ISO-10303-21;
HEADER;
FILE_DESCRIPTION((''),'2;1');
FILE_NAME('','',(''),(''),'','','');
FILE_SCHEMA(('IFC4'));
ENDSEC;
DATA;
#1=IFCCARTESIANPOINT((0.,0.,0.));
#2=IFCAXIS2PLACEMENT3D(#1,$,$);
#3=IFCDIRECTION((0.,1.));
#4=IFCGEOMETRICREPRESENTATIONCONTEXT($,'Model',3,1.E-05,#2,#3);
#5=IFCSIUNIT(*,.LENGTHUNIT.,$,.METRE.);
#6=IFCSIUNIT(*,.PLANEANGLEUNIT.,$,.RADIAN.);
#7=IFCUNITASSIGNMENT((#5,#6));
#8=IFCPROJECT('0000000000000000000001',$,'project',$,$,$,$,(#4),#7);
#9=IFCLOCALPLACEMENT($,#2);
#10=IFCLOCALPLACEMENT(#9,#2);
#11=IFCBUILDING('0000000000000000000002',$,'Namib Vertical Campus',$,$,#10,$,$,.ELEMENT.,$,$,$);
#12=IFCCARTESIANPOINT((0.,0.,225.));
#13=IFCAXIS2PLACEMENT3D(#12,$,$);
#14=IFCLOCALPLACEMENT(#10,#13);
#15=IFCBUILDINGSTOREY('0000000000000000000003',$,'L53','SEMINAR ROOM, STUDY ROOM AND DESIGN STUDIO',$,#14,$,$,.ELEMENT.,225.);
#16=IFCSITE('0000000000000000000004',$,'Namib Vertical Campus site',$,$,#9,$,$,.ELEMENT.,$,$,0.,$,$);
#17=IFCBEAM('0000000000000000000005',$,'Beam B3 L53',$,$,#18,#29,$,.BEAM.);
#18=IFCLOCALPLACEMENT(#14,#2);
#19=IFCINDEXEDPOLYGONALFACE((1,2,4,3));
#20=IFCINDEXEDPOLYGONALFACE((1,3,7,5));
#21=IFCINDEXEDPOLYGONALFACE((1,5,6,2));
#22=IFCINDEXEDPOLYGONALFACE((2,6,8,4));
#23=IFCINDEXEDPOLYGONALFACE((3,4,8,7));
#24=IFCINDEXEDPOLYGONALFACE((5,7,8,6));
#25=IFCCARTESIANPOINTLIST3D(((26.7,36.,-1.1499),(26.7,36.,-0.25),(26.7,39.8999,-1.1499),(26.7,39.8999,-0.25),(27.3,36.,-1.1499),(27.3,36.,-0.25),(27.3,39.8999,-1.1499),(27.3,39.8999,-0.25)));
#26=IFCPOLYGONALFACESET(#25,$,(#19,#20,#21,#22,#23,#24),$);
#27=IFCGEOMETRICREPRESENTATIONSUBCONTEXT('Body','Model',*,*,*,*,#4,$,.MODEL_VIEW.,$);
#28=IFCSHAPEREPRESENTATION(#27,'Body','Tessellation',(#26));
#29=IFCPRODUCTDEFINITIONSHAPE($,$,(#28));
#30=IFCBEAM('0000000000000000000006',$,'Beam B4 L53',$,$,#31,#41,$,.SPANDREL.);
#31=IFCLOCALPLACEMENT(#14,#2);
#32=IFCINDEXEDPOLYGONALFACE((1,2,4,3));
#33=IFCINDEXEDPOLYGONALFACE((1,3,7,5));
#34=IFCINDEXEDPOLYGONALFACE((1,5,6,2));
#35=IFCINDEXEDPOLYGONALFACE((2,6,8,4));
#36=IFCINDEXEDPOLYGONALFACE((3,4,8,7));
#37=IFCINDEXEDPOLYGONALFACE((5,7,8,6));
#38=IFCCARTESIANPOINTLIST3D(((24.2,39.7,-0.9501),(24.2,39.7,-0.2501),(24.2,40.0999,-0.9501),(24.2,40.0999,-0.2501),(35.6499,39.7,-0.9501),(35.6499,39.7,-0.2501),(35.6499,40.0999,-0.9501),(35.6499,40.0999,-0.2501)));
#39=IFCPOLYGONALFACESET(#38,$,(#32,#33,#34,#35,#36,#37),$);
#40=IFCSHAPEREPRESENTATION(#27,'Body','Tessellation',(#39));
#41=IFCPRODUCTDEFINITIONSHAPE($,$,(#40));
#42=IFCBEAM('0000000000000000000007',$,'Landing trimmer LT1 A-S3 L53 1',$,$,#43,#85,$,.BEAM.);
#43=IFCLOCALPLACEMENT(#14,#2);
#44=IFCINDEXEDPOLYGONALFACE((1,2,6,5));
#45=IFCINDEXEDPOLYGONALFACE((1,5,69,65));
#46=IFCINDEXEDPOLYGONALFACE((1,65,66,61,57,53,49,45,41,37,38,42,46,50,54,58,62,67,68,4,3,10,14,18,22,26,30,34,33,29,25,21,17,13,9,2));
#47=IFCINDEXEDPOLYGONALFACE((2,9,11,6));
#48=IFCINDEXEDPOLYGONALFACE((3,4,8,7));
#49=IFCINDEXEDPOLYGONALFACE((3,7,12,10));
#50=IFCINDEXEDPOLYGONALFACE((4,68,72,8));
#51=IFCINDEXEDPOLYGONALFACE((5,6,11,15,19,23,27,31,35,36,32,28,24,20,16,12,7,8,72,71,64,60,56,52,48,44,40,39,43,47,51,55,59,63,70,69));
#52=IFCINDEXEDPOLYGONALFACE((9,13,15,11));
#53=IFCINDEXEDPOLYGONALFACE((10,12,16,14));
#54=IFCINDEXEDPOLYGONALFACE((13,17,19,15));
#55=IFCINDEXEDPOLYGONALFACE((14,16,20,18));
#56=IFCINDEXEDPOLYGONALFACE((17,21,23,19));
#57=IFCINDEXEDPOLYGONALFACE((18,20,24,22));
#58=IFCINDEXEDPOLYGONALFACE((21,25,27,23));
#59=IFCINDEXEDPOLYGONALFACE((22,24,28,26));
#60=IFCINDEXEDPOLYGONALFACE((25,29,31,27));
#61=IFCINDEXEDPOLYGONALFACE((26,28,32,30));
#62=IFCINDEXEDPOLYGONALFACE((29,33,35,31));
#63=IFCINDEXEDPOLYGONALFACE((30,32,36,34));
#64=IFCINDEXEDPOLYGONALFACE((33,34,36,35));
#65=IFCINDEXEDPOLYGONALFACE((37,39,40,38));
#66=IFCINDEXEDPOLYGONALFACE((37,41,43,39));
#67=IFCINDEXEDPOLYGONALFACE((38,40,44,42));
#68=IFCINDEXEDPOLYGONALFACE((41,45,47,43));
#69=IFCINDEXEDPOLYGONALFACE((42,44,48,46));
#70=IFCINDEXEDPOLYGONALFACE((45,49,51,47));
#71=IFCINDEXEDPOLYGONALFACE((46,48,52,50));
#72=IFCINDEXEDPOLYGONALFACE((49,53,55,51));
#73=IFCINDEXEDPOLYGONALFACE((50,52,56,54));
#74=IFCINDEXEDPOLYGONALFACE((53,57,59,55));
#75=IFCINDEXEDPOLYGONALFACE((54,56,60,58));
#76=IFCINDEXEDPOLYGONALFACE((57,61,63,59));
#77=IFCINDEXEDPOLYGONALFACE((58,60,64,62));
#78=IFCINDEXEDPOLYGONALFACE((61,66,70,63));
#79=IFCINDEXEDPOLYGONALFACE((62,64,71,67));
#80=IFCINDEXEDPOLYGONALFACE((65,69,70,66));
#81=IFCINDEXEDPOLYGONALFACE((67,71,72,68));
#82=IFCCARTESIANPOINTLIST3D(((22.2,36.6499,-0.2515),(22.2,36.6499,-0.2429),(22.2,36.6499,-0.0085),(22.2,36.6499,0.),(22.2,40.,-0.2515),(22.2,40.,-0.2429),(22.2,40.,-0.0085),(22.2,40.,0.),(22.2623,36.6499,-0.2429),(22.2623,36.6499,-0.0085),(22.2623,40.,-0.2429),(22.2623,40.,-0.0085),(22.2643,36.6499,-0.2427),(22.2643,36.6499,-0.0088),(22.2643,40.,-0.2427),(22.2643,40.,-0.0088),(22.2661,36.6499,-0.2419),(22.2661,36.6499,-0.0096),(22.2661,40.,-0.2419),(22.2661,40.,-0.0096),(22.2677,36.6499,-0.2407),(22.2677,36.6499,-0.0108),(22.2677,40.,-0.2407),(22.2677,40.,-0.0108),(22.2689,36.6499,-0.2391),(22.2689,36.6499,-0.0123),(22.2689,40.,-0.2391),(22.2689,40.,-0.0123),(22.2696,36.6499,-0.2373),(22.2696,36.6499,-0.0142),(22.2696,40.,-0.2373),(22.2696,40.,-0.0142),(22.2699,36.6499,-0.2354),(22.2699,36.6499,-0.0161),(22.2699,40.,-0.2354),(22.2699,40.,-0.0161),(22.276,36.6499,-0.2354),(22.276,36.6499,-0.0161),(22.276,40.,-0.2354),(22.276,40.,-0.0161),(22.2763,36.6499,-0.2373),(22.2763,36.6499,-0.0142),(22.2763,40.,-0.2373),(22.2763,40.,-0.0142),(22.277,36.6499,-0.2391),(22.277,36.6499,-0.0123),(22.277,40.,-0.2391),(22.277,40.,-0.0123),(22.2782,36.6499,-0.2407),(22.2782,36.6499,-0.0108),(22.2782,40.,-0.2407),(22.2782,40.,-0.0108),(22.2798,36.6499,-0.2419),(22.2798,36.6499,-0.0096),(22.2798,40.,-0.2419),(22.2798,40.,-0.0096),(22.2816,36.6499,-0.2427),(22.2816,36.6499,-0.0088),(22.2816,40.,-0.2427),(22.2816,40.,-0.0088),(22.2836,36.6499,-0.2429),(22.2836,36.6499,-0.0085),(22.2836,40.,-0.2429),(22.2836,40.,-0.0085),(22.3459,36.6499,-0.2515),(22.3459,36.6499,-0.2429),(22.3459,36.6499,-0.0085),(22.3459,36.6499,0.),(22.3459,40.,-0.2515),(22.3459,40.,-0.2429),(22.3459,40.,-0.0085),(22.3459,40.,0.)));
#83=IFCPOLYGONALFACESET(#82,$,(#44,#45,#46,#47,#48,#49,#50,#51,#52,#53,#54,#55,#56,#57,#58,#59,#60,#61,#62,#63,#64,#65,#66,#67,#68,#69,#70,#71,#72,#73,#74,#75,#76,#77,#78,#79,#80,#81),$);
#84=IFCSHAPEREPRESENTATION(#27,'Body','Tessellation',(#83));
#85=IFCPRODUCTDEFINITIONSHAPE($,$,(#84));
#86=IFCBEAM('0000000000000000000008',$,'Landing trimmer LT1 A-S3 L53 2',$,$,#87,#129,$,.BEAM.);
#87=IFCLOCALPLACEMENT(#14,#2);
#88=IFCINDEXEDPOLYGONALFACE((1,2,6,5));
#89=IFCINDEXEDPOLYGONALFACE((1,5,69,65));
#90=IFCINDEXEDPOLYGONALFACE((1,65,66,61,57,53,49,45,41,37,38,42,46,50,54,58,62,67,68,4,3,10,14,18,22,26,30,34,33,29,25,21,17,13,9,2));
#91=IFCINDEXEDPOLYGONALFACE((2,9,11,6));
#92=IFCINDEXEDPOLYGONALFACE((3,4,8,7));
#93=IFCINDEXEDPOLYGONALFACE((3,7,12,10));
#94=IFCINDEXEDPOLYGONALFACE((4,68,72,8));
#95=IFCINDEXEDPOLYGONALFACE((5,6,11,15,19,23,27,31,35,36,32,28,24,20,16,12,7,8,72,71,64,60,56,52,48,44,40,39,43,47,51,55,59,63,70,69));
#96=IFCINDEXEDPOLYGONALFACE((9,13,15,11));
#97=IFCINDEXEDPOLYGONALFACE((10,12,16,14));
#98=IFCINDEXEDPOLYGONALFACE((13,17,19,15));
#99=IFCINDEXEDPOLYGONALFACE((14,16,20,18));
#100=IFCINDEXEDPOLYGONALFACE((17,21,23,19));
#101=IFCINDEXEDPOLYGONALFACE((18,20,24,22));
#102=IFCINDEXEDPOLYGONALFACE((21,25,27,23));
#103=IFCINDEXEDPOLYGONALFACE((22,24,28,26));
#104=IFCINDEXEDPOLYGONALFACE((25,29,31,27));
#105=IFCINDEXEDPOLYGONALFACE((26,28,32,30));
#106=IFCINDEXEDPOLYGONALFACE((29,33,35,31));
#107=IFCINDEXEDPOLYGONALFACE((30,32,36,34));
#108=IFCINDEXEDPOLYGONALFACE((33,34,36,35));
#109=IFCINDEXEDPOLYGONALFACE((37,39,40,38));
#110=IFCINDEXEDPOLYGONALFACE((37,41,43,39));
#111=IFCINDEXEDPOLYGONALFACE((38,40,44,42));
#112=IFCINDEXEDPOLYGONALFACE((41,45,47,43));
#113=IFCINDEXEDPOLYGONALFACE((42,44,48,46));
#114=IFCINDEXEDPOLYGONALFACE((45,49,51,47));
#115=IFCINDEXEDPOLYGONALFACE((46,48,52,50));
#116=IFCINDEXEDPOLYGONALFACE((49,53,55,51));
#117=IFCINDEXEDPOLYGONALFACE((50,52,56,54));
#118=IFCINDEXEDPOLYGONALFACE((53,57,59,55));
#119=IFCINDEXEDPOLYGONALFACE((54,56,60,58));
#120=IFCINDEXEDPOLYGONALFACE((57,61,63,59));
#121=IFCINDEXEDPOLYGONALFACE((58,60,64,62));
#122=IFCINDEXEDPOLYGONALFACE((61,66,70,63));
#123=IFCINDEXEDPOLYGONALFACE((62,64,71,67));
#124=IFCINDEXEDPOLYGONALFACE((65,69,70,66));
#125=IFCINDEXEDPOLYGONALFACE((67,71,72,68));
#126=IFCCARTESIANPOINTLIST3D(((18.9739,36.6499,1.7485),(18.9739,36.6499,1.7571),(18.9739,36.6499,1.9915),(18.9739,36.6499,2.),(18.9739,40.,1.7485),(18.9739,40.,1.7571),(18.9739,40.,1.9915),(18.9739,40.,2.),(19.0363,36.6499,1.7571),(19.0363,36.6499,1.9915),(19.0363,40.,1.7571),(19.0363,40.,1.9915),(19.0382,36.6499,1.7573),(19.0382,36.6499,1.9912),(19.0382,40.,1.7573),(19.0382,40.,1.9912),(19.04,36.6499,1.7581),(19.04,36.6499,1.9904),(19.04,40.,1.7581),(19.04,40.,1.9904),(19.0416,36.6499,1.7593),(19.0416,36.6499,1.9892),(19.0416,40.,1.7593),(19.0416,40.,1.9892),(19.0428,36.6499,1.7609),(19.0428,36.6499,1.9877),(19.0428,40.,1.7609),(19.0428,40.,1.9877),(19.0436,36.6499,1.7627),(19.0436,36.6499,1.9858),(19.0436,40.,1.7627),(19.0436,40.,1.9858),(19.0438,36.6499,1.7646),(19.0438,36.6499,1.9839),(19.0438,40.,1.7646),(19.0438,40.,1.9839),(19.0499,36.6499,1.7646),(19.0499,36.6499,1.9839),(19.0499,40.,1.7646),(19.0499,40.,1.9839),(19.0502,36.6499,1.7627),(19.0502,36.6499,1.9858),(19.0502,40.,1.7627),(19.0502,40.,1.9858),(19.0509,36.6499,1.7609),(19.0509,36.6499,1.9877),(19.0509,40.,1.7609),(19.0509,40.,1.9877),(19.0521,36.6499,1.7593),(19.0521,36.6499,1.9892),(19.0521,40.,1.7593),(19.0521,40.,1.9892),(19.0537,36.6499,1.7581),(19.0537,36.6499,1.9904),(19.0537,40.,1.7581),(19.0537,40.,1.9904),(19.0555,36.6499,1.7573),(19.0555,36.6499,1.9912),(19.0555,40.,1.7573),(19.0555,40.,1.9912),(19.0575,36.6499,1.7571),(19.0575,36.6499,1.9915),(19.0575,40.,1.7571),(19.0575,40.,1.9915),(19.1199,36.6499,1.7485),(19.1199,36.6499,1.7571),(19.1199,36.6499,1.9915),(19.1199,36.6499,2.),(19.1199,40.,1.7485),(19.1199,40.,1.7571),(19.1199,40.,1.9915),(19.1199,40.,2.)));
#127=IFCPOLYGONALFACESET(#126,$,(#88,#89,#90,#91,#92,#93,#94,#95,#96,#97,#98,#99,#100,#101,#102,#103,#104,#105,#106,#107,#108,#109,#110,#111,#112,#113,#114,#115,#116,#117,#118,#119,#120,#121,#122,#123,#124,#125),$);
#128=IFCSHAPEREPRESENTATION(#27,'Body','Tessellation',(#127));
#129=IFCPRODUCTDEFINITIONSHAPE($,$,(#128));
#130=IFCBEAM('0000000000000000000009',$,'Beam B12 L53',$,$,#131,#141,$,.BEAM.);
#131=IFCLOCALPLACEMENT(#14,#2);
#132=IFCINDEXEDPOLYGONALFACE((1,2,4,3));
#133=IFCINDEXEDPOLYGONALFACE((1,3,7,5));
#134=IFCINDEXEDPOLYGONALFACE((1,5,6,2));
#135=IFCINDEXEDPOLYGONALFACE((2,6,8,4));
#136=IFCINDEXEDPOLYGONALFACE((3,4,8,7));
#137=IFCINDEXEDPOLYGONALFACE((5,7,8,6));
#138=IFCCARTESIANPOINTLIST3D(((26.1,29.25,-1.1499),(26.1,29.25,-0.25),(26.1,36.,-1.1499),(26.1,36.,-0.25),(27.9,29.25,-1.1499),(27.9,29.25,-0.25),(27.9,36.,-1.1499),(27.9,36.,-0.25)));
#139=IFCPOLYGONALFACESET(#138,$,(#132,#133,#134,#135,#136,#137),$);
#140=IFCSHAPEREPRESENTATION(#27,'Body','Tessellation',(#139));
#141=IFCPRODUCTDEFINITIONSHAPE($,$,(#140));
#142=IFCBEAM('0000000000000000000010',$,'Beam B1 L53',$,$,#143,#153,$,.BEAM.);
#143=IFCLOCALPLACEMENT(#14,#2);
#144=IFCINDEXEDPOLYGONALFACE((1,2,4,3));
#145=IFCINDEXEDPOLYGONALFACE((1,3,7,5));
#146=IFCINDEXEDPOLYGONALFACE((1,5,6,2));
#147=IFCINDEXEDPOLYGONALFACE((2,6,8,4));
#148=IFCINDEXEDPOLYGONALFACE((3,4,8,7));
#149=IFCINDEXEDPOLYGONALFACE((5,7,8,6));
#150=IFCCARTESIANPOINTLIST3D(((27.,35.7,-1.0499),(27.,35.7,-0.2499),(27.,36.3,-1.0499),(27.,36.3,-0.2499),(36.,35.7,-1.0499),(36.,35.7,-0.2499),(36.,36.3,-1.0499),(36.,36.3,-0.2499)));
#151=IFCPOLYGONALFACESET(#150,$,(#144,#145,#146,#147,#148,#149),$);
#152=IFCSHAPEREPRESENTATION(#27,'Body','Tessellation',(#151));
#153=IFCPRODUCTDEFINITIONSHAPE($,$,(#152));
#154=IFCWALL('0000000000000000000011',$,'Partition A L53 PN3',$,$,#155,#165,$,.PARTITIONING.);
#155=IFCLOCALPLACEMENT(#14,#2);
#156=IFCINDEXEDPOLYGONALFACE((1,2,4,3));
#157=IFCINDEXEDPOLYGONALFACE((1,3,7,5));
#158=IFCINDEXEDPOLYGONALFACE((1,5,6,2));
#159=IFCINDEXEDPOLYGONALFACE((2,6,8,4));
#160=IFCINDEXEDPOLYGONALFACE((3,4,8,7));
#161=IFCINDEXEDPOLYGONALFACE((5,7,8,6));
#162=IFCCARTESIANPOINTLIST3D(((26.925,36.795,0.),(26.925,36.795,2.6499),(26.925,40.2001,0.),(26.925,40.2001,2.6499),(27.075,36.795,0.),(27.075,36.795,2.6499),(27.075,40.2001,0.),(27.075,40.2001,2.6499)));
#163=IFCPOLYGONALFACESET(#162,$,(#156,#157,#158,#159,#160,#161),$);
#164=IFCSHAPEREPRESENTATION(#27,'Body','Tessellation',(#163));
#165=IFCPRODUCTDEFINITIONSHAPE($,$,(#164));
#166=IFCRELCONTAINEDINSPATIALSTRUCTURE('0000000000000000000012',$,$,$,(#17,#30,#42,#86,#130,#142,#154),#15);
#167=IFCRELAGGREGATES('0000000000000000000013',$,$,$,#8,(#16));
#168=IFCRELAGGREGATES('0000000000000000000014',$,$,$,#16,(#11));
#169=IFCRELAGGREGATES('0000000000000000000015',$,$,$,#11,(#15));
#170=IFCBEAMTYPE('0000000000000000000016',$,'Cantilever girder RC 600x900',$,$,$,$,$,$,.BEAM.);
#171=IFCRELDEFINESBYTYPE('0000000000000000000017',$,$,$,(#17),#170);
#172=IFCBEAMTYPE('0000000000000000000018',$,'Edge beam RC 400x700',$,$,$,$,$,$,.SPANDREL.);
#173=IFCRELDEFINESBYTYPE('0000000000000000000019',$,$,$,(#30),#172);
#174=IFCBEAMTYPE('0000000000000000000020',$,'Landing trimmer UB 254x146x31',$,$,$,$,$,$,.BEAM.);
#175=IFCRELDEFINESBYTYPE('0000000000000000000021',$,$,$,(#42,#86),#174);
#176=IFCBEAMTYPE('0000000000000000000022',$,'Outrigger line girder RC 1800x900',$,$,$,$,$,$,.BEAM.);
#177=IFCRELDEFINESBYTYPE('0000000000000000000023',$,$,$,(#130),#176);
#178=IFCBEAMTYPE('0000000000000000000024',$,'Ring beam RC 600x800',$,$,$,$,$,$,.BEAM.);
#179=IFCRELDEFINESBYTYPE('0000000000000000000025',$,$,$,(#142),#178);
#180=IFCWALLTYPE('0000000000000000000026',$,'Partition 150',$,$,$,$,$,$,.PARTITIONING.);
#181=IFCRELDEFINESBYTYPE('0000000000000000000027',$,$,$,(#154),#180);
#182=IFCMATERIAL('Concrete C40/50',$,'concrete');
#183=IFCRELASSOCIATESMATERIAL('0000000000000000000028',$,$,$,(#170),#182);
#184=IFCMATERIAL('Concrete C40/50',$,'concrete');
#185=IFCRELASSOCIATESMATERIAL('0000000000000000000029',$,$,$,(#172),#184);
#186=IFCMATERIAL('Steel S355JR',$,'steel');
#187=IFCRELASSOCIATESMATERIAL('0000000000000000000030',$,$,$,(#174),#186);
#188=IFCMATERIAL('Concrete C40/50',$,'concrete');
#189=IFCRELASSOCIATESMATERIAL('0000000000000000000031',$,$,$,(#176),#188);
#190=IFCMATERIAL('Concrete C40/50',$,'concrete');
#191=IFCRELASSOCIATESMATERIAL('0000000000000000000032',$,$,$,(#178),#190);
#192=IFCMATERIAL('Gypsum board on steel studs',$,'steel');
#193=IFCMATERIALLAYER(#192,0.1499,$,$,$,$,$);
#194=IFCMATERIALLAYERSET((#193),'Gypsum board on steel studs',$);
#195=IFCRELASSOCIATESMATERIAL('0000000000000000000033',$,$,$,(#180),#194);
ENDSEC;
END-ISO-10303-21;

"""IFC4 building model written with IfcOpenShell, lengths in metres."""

from ifc_helpers import new_model, si_unit, direction, frame, frame_2d, origin, origin_2d, place, context, subcontext, project, spatial, rectangle, i_section, extrude, material, layer, layer_set, material_profile, profile_set, type_object, element, save


model = new_model("IFC4")

# Units and contexts
model_context = context("Model", 3, precision=1e-05, world=origin(), true_north=direction((0.0, 1.0)))
body_context = subcontext(model_context, "Body", "Model", "MODEL_VIEW")
ifc_project = project(units=[si_unit("LENGTHUNIT", "METRE"), si_unit("PLANEANGLEUNIT", "RADIAN")], contexts=[model_context])

# Site, building, storey
site_placement = place(None, origin())
site = spatial("IfcSite", under=ifc_project, at=site_placement, Name="Namib Vertical Campus site", CompositionType="ELEMENT", RefElevation=0.0)
building_placement = place(site_placement, origin())
building = spatial("IfcBuilding", under=site, at=building_placement, Name="Namib Vertical Campus", CompositionType="ELEMENT")
storey_placement = place(building_placement, frame((0.0, 0.0, 225.0)))
storey = spatial("IfcBuildingStorey", under=building, at=storey_placement, Name="L53", Description="SEMINAR ROOM, STUDY ROOM AND DESIGN STUDIO", CompositionType="ELEMENT", Elevation=225.0)

# Beams
ifc_material_1 = material(Name="Concrete C40/50", Category="concrete")
ifc_material_profile_1 = material_profile(ifc_material_1, rectangle(XDim=0.6001, YDim=0.8999, at=origin_2d()))
ifc_profile_set_1 = profile_set([ifc_material_profile_1], Name="Concrete C40/50")
beam_type_1 = type_object("IfcBeamType", Name="Cantilever girder RC 600x900", PredefinedType="BEAM", material=ifc_profile_set_1)
beam_1_placement = place(storey_placement, frame((27.0, 36.0, -0.7), z_axis=(0.0, 1.0, 0.0), x_axis=(-1.0, 0.0, 0.0)))
element("IfcBeam", 1, at=beam_1_placement, inside=storey, type_object=beam_type_1, Name="Beam B3 L53", PredefinedType="BEAM", context=body_context, shape_type="SweptSolid", body=[
    extrude(rectangle(XDim=0.6001, YDim=0.8999, at=origin_2d()), origin(), (0.0, 0.0, 1.0), 3.8999),
])
ifc_material_2 = material(Name="Concrete C40/50", Category="concrete")
ifc_material_profile_2 = material_profile(ifc_material_2, rectangle(XDim=0.3999, YDim=0.7, at=origin_2d()))
ifc_profile_set_2 = profile_set([ifc_material_profile_2], Name="Concrete C40/50")
beam_type_2 = type_object("IfcBeamType", Name="Edge beam RC 400x700", PredefinedType="SPANDREL", material=ifc_profile_set_2)
beam_2_placement = place(storey_placement, frame((24.2, 39.8999, -0.6001), z_axis=(1.0, 0.0, 0.0), x_axis=(0.0, 1.0, 0.0)))
element("IfcBeam", 2, at=beam_2_placement, inside=storey, type_object=beam_type_2, Name="Beam B4 L53", PredefinedType="SPANDREL", context=body_context, shape_type="SweptSolid", body=[
    extrude(rectangle(XDim=0.3999, YDim=0.7, at=origin_2d()), origin(), (0.0, 0.0, 1.0), 11.45),
])
ifc_material_3 = material(Name="Steel S355JR", Category="steel")
ifc_material_profile_3 = material_profile(ifc_material_3, i_section(OverallWidth=0.146, OverallDepth=0.2515, WebThickness=0.0061, FlangeThickness=0.0085, FilletRadius=0.0076, at=origin_2d()))
ifc_profile_set_3 = profile_set([ifc_material_profile_3], Name="Steel S355JR")
beam_type_3 = type_object("IfcBeamType", Name="Landing trimmer UB 254x146x31", PredefinedType="BEAM", material=ifc_profile_set_3)
for number, where, z_axis, x_axis, name in (
    (3, (22.2729, 36.6499, -0.1257), (0.0, 1.0, 0.0), (-1.0, 0.0, 0.0), "Landing trimmer LT1 A-S3 L53 1"),
    (4, (19.0469, 36.6499, 1.8743), (0.0, 1.0, 0.0), (-1.0, 0.0, 0.0), "Landing trimmer LT1 A-S3 L53 2"),
):
    element("IfcBeam", number, at=place(storey_placement, frame(where, z_axis=z_axis, x_axis=x_axis)), inside=storey, type_object=beam_type_3, Name=name, PredefinedType="BEAM", context=body_context, shape_type="SweptSolid", body=[
        extrude(i_section(OverallWidth=0.146, OverallDepth=0.2515, WebThickness=0.0061, FlangeThickness=0.0085, FilletRadius=0.0076, at=origin_2d()), origin(), (0.0, 0.0, 1.0), 3.3501),
    ])
ifc_material_4 = material(Name="Concrete C40/50", Category="concrete")
ifc_material_profile_4 = material_profile(ifc_material_4, rectangle(XDim=1.8, YDim=0.8999, at=origin_2d()))
ifc_profile_set_4 = profile_set([ifc_material_profile_4], Name="Concrete C40/50")
beam_type_4 = type_object("IfcBeamType", Name="Outrigger line girder RC 1800x900", PredefinedType="BEAM", material=ifc_profile_set_4)
beam_3_placement = place(storey_placement, frame((27.0, 36.0, -0.7), z_axis=(0.0, -1.0, 0.0), x_axis=(1.0, 0.0, 0.0)))
element("IfcBeam", 5, at=beam_3_placement, inside=storey, type_object=beam_type_4, Name="Beam B12 L53", PredefinedType="BEAM", context=body_context, shape_type="SweptSolid", body=[
    extrude(rectangle(XDim=1.8, YDim=0.8999, at=origin_2d()), origin(), (0.0, 0.0, 1.0), 6.75),
])
ifc_material_5 = material(Name="Concrete C40/50", Category="concrete")
ifc_material_profile_5 = material_profile(ifc_material_5, rectangle(XDim=0.6001, YDim=0.8, at=origin_2d()))
ifc_profile_set_5 = profile_set([ifc_material_profile_5], Name="Concrete C40/50")
beam_type_5 = type_object("IfcBeamType", Name="Ring beam RC 600x800", PredefinedType="BEAM", material=ifc_profile_set_5)
beam_4_placement = place(storey_placement, frame((27.0, 36.0, -0.6499), z_axis=(1.0, 0.0, 0.0), x_axis=(0.0, 1.0, 0.0)))
element("IfcBeam", 6, at=beam_4_placement, inside=storey, type_object=beam_type_5, Name="Beam B1 L53", PredefinedType="BEAM", context=body_context, shape_type="SweptSolid", body=[
    extrude(rectangle(XDim=0.6001, YDim=0.8, at=origin_2d()), origin(), (0.0, 0.0, 1.0), 9.0),
])

# Wall
ifc_material_6 = material(Name="Gypsum board on steel studs", Category="steel")
ifc_layer_1 = layer(ifc_material_6, 0.1499)
ifc_layer_set_1 = layer_set([ifc_layer_1], Name="Gypsum board on steel studs")
wall_type_1 = type_object("IfcWallType", Name="Partition 150", PredefinedType="PARTITIONING", material=ifc_layer_set_1)
wall_1_placement = place(storey_placement, frame((27.0, 36.7949, 0.0), z_axis=(0.0, 0.0, 1.0), x_axis=(0.0, 1.0, 0.0)))
element("IfcWall", 7, at=wall_1_placement, inside=storey, type_object=wall_type_1, Name="Partition A L53 PN3", PredefinedType="PARTITIONING", context=body_context, shape_type="SweptSolid", body=[
    extrude(rectangle(XDim=3.405, YDim=0.1499, at=frame_2d((1.7026, 0.0))), origin(), (0.0, 0.0, 1.0), 2.6499),
])

save(model, "model.ifc")
